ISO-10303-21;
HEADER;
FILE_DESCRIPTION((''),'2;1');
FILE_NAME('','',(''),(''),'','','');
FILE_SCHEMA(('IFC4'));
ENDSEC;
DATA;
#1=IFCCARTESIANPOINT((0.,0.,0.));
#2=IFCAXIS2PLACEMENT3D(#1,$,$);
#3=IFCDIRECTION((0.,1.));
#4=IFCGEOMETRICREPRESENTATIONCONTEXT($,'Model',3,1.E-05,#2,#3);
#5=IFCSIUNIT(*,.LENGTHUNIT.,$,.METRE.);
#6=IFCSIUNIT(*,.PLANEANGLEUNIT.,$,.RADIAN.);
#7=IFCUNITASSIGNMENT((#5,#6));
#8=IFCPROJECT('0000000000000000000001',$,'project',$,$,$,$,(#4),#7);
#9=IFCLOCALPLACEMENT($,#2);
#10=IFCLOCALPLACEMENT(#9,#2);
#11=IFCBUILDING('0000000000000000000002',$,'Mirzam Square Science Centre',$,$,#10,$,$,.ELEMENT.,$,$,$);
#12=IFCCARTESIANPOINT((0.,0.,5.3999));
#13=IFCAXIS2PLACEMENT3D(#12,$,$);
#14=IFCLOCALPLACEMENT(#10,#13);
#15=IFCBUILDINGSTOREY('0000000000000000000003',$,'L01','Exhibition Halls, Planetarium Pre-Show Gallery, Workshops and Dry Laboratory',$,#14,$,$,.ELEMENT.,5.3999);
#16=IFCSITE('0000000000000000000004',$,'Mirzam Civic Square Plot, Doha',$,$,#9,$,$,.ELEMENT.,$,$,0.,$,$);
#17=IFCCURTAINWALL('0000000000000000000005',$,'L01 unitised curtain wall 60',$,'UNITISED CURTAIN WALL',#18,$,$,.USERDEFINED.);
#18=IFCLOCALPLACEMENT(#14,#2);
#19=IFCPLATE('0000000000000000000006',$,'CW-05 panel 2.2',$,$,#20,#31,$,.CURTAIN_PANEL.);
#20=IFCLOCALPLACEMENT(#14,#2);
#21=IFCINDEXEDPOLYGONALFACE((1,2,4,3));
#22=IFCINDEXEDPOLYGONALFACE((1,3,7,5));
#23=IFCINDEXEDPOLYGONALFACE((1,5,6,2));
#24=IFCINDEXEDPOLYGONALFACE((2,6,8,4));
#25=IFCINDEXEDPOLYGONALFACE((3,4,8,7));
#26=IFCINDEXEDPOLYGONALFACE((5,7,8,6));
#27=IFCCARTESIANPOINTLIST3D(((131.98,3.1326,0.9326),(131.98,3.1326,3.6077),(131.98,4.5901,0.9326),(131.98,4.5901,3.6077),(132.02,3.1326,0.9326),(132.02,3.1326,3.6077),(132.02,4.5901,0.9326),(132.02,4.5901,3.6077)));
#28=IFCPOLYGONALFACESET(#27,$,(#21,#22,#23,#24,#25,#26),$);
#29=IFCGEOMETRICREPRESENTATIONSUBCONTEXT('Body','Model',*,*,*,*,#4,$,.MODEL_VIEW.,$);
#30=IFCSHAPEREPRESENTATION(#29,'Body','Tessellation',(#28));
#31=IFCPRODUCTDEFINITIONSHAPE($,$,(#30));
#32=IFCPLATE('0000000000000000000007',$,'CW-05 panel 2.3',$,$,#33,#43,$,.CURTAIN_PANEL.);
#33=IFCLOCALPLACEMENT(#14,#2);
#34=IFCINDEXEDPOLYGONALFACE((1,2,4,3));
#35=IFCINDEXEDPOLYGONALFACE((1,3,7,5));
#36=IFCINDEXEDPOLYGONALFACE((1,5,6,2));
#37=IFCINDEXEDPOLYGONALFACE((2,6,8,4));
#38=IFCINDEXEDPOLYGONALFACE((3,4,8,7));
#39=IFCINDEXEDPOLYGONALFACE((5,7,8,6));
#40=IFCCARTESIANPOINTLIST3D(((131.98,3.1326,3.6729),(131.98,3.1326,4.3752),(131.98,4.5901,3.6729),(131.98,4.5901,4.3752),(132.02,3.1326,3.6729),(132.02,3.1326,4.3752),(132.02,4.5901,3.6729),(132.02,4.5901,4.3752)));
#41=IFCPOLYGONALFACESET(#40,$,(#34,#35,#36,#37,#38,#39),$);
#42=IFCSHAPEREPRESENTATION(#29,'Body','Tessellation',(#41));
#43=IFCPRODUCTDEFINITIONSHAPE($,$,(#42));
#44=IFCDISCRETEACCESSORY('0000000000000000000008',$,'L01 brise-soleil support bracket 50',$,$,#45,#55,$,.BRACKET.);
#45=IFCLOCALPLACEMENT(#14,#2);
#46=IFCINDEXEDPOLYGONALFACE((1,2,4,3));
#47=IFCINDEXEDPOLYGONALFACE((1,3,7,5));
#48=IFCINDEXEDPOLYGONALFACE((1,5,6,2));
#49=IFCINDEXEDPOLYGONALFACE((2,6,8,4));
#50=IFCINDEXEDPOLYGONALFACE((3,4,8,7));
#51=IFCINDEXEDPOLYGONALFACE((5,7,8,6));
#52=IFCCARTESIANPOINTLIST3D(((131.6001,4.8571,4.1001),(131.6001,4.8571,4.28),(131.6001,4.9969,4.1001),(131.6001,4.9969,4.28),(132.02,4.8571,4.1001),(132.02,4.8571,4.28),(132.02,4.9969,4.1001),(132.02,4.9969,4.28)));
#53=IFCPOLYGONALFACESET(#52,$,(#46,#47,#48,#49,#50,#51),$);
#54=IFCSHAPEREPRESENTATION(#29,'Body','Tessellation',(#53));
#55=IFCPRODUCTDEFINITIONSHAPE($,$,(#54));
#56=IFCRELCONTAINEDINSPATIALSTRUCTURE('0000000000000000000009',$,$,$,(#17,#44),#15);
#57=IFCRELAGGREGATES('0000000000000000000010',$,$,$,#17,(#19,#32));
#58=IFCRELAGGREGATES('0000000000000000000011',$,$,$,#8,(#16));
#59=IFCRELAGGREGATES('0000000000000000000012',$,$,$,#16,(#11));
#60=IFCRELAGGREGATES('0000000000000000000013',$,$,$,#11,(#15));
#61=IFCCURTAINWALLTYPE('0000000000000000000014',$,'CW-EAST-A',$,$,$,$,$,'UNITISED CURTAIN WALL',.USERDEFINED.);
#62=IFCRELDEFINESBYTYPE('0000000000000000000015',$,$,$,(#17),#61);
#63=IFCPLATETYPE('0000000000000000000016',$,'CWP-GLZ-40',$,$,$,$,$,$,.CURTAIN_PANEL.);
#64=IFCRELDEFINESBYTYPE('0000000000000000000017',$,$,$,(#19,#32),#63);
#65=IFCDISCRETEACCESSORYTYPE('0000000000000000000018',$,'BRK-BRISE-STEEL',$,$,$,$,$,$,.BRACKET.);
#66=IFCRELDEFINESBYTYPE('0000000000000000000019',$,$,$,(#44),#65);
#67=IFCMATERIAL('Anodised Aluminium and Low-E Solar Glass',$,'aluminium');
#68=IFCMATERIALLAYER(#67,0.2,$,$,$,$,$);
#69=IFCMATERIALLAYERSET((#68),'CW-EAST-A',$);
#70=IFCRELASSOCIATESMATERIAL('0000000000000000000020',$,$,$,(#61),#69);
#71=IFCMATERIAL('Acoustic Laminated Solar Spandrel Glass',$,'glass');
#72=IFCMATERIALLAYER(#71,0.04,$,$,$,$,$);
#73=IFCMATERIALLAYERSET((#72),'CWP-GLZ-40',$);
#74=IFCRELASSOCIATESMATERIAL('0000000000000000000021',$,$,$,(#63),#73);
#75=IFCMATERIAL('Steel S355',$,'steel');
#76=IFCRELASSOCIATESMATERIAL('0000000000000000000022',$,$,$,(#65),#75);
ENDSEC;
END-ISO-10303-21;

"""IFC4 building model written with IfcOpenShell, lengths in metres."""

from ifc_helpers import new_model, si_unit, direction, frame, origin, origin_2d, place, context, subcontext, project, spatial, rectangle, extrude, material, layer, layer_set, type_object, element, aggregate, save


model = new_model("IFC4")

# Units and contexts
model_context = context("Model", 3, precision=1e-05, world=origin(), true_north=direction((0.0, 1.0)))
body_context = subcontext(model_context, "Body", "Model", "MODEL_VIEW")
ifc_project = project(units=[si_unit("LENGTHUNIT", "METRE"), si_unit("PLANEANGLEUNIT", "RADIAN")], contexts=[model_context])

# Site, building, storey
site_placement = place(None, origin())
site = spatial("IfcSite", under=ifc_project, at=site_placement, Name="Mirzam Civic Square Plot, Doha", CompositionType="ELEMENT", RefElevation=0.0)
building_placement = place(site_placement, origin())
building = spatial("IfcBuilding", under=site, at=building_placement, Name="Mirzam Square Science Centre", CompositionType="ELEMENT")
storey_placement = place(building_placement, frame((0.0, 0.0, 5.3999)))
storey = spatial("IfcBuildingStorey", under=building, at=storey_placement, Name="L01", Description="Exhibition Halls, Planetarium Pre-Show Gallery, Workshops and Dry Laboratory", CompositionType="ELEMENT", Elevation=5.3999)

# Shared definitions
ifc_material_1 = material(Name="Steel S355", Category="steel")

# Curtain wall
ifc_material_2 = material(Name="Anodised Aluminium and Low-E Solar Glass", Category="aluminium")
ifc_layer_1 = layer(ifc_material_2, 0.2)
ifc_layer_set_1 = layer_set([ifc_layer_1], Name="CW-EAST-A")
curtain_wall_type = type_object("IfcCurtainWallType", Name="CW-EAST-A", ElementType="UNITISED CURTAIN WALL", PredefinedType="USERDEFINED", material=ifc_layer_set_1)
curtain_wall_placement = place(storey_placement, origin())
curtain_wall = element("IfcCurtainWall", 1, at=curtain_wall_placement, inside=storey, type_object=curtain_wall_type, Name="L01 unitised curtain wall 60", ObjectType="UNITISED CURTAIN WALL", PredefinedType="USERDEFINED")

# Plates
ifc_material_3 = material(Name="Acoustic Laminated Solar Spandrel Glass", Category="glass")
ifc_layer_2 = layer(ifc_material_3, 0.04)
ifc_layer_set_2 = layer_set([ifc_layer_2], Name="CWP-GLZ-40")
plate_type = type_object("IfcPlateType", Name="CWP-GLZ-40", PredefinedType="CURTAIN_PANEL", material=ifc_layer_set_2)
plate_1_placement = place(storey_placement, frame((132.0, 3.8613, 0.9326), z_axis=(0.0, 0.0, 1.0), x_axis=(0.0, -1.0, 0.0)))
plate_1 = element("IfcPlate", 2, at=plate_1_placement, type_object=plate_type, Name="CW-05 panel 2.2", PredefinedType="CURTAIN_PANEL", context=body_context, shape_type="SweptSolid", body=[
    extrude(rectangle(XDim=1.4575, YDim=0.04, at=origin_2d()), origin(), (0.0, 0.0, 1.0), 2.675),
])
plate_2_placement = place(storey_placement, frame((132.0, 3.8613, 3.6729), z_axis=(0.0, 0.0, 1.0), x_axis=(0.0, -1.0, 0.0)))
plate_2 = element("IfcPlate", 3, at=plate_2_placement, type_object=plate_type, Name="CW-05 panel 2.3", PredefinedType="CURTAIN_PANEL", context=body_context, shape_type="SweptSolid", body=[
    extrude(rectangle(XDim=1.4575, YDim=0.04, at=origin_2d()), origin(), (0.0, 0.0, 1.0), 0.7024),
])
aggregate(curtain_wall, [plate_1, plate_2])

# Discrete accessory
discrete_accessory_type = type_object("IfcDiscreteAccessoryType", Name="BRK-BRISE-STEEL", PredefinedType="BRACKET", material=ifc_material_1)
discrete_accessory_placement = place(storey_placement, frame((131.8101, 4.927, 4.1001), z_axis=(0.0, 0.0, 1.0), x_axis=(0.0, -1.0, 0.0)))
element("IfcDiscreteAccessory", 4, at=discrete_accessory_placement, inside=storey, type_object=discrete_accessory_type, Name="L01 brise-soleil support bracket 50", PredefinedType="BRACKET", context=body_context, shape_type="SweptSolid", body=[
    extrude(rectangle(XDim=0.1399, YDim=0.4199, at=origin_2d()), origin(), (0.0, 0.0, 1.0), 0.1799),
])

save(model, "model.ifc")
